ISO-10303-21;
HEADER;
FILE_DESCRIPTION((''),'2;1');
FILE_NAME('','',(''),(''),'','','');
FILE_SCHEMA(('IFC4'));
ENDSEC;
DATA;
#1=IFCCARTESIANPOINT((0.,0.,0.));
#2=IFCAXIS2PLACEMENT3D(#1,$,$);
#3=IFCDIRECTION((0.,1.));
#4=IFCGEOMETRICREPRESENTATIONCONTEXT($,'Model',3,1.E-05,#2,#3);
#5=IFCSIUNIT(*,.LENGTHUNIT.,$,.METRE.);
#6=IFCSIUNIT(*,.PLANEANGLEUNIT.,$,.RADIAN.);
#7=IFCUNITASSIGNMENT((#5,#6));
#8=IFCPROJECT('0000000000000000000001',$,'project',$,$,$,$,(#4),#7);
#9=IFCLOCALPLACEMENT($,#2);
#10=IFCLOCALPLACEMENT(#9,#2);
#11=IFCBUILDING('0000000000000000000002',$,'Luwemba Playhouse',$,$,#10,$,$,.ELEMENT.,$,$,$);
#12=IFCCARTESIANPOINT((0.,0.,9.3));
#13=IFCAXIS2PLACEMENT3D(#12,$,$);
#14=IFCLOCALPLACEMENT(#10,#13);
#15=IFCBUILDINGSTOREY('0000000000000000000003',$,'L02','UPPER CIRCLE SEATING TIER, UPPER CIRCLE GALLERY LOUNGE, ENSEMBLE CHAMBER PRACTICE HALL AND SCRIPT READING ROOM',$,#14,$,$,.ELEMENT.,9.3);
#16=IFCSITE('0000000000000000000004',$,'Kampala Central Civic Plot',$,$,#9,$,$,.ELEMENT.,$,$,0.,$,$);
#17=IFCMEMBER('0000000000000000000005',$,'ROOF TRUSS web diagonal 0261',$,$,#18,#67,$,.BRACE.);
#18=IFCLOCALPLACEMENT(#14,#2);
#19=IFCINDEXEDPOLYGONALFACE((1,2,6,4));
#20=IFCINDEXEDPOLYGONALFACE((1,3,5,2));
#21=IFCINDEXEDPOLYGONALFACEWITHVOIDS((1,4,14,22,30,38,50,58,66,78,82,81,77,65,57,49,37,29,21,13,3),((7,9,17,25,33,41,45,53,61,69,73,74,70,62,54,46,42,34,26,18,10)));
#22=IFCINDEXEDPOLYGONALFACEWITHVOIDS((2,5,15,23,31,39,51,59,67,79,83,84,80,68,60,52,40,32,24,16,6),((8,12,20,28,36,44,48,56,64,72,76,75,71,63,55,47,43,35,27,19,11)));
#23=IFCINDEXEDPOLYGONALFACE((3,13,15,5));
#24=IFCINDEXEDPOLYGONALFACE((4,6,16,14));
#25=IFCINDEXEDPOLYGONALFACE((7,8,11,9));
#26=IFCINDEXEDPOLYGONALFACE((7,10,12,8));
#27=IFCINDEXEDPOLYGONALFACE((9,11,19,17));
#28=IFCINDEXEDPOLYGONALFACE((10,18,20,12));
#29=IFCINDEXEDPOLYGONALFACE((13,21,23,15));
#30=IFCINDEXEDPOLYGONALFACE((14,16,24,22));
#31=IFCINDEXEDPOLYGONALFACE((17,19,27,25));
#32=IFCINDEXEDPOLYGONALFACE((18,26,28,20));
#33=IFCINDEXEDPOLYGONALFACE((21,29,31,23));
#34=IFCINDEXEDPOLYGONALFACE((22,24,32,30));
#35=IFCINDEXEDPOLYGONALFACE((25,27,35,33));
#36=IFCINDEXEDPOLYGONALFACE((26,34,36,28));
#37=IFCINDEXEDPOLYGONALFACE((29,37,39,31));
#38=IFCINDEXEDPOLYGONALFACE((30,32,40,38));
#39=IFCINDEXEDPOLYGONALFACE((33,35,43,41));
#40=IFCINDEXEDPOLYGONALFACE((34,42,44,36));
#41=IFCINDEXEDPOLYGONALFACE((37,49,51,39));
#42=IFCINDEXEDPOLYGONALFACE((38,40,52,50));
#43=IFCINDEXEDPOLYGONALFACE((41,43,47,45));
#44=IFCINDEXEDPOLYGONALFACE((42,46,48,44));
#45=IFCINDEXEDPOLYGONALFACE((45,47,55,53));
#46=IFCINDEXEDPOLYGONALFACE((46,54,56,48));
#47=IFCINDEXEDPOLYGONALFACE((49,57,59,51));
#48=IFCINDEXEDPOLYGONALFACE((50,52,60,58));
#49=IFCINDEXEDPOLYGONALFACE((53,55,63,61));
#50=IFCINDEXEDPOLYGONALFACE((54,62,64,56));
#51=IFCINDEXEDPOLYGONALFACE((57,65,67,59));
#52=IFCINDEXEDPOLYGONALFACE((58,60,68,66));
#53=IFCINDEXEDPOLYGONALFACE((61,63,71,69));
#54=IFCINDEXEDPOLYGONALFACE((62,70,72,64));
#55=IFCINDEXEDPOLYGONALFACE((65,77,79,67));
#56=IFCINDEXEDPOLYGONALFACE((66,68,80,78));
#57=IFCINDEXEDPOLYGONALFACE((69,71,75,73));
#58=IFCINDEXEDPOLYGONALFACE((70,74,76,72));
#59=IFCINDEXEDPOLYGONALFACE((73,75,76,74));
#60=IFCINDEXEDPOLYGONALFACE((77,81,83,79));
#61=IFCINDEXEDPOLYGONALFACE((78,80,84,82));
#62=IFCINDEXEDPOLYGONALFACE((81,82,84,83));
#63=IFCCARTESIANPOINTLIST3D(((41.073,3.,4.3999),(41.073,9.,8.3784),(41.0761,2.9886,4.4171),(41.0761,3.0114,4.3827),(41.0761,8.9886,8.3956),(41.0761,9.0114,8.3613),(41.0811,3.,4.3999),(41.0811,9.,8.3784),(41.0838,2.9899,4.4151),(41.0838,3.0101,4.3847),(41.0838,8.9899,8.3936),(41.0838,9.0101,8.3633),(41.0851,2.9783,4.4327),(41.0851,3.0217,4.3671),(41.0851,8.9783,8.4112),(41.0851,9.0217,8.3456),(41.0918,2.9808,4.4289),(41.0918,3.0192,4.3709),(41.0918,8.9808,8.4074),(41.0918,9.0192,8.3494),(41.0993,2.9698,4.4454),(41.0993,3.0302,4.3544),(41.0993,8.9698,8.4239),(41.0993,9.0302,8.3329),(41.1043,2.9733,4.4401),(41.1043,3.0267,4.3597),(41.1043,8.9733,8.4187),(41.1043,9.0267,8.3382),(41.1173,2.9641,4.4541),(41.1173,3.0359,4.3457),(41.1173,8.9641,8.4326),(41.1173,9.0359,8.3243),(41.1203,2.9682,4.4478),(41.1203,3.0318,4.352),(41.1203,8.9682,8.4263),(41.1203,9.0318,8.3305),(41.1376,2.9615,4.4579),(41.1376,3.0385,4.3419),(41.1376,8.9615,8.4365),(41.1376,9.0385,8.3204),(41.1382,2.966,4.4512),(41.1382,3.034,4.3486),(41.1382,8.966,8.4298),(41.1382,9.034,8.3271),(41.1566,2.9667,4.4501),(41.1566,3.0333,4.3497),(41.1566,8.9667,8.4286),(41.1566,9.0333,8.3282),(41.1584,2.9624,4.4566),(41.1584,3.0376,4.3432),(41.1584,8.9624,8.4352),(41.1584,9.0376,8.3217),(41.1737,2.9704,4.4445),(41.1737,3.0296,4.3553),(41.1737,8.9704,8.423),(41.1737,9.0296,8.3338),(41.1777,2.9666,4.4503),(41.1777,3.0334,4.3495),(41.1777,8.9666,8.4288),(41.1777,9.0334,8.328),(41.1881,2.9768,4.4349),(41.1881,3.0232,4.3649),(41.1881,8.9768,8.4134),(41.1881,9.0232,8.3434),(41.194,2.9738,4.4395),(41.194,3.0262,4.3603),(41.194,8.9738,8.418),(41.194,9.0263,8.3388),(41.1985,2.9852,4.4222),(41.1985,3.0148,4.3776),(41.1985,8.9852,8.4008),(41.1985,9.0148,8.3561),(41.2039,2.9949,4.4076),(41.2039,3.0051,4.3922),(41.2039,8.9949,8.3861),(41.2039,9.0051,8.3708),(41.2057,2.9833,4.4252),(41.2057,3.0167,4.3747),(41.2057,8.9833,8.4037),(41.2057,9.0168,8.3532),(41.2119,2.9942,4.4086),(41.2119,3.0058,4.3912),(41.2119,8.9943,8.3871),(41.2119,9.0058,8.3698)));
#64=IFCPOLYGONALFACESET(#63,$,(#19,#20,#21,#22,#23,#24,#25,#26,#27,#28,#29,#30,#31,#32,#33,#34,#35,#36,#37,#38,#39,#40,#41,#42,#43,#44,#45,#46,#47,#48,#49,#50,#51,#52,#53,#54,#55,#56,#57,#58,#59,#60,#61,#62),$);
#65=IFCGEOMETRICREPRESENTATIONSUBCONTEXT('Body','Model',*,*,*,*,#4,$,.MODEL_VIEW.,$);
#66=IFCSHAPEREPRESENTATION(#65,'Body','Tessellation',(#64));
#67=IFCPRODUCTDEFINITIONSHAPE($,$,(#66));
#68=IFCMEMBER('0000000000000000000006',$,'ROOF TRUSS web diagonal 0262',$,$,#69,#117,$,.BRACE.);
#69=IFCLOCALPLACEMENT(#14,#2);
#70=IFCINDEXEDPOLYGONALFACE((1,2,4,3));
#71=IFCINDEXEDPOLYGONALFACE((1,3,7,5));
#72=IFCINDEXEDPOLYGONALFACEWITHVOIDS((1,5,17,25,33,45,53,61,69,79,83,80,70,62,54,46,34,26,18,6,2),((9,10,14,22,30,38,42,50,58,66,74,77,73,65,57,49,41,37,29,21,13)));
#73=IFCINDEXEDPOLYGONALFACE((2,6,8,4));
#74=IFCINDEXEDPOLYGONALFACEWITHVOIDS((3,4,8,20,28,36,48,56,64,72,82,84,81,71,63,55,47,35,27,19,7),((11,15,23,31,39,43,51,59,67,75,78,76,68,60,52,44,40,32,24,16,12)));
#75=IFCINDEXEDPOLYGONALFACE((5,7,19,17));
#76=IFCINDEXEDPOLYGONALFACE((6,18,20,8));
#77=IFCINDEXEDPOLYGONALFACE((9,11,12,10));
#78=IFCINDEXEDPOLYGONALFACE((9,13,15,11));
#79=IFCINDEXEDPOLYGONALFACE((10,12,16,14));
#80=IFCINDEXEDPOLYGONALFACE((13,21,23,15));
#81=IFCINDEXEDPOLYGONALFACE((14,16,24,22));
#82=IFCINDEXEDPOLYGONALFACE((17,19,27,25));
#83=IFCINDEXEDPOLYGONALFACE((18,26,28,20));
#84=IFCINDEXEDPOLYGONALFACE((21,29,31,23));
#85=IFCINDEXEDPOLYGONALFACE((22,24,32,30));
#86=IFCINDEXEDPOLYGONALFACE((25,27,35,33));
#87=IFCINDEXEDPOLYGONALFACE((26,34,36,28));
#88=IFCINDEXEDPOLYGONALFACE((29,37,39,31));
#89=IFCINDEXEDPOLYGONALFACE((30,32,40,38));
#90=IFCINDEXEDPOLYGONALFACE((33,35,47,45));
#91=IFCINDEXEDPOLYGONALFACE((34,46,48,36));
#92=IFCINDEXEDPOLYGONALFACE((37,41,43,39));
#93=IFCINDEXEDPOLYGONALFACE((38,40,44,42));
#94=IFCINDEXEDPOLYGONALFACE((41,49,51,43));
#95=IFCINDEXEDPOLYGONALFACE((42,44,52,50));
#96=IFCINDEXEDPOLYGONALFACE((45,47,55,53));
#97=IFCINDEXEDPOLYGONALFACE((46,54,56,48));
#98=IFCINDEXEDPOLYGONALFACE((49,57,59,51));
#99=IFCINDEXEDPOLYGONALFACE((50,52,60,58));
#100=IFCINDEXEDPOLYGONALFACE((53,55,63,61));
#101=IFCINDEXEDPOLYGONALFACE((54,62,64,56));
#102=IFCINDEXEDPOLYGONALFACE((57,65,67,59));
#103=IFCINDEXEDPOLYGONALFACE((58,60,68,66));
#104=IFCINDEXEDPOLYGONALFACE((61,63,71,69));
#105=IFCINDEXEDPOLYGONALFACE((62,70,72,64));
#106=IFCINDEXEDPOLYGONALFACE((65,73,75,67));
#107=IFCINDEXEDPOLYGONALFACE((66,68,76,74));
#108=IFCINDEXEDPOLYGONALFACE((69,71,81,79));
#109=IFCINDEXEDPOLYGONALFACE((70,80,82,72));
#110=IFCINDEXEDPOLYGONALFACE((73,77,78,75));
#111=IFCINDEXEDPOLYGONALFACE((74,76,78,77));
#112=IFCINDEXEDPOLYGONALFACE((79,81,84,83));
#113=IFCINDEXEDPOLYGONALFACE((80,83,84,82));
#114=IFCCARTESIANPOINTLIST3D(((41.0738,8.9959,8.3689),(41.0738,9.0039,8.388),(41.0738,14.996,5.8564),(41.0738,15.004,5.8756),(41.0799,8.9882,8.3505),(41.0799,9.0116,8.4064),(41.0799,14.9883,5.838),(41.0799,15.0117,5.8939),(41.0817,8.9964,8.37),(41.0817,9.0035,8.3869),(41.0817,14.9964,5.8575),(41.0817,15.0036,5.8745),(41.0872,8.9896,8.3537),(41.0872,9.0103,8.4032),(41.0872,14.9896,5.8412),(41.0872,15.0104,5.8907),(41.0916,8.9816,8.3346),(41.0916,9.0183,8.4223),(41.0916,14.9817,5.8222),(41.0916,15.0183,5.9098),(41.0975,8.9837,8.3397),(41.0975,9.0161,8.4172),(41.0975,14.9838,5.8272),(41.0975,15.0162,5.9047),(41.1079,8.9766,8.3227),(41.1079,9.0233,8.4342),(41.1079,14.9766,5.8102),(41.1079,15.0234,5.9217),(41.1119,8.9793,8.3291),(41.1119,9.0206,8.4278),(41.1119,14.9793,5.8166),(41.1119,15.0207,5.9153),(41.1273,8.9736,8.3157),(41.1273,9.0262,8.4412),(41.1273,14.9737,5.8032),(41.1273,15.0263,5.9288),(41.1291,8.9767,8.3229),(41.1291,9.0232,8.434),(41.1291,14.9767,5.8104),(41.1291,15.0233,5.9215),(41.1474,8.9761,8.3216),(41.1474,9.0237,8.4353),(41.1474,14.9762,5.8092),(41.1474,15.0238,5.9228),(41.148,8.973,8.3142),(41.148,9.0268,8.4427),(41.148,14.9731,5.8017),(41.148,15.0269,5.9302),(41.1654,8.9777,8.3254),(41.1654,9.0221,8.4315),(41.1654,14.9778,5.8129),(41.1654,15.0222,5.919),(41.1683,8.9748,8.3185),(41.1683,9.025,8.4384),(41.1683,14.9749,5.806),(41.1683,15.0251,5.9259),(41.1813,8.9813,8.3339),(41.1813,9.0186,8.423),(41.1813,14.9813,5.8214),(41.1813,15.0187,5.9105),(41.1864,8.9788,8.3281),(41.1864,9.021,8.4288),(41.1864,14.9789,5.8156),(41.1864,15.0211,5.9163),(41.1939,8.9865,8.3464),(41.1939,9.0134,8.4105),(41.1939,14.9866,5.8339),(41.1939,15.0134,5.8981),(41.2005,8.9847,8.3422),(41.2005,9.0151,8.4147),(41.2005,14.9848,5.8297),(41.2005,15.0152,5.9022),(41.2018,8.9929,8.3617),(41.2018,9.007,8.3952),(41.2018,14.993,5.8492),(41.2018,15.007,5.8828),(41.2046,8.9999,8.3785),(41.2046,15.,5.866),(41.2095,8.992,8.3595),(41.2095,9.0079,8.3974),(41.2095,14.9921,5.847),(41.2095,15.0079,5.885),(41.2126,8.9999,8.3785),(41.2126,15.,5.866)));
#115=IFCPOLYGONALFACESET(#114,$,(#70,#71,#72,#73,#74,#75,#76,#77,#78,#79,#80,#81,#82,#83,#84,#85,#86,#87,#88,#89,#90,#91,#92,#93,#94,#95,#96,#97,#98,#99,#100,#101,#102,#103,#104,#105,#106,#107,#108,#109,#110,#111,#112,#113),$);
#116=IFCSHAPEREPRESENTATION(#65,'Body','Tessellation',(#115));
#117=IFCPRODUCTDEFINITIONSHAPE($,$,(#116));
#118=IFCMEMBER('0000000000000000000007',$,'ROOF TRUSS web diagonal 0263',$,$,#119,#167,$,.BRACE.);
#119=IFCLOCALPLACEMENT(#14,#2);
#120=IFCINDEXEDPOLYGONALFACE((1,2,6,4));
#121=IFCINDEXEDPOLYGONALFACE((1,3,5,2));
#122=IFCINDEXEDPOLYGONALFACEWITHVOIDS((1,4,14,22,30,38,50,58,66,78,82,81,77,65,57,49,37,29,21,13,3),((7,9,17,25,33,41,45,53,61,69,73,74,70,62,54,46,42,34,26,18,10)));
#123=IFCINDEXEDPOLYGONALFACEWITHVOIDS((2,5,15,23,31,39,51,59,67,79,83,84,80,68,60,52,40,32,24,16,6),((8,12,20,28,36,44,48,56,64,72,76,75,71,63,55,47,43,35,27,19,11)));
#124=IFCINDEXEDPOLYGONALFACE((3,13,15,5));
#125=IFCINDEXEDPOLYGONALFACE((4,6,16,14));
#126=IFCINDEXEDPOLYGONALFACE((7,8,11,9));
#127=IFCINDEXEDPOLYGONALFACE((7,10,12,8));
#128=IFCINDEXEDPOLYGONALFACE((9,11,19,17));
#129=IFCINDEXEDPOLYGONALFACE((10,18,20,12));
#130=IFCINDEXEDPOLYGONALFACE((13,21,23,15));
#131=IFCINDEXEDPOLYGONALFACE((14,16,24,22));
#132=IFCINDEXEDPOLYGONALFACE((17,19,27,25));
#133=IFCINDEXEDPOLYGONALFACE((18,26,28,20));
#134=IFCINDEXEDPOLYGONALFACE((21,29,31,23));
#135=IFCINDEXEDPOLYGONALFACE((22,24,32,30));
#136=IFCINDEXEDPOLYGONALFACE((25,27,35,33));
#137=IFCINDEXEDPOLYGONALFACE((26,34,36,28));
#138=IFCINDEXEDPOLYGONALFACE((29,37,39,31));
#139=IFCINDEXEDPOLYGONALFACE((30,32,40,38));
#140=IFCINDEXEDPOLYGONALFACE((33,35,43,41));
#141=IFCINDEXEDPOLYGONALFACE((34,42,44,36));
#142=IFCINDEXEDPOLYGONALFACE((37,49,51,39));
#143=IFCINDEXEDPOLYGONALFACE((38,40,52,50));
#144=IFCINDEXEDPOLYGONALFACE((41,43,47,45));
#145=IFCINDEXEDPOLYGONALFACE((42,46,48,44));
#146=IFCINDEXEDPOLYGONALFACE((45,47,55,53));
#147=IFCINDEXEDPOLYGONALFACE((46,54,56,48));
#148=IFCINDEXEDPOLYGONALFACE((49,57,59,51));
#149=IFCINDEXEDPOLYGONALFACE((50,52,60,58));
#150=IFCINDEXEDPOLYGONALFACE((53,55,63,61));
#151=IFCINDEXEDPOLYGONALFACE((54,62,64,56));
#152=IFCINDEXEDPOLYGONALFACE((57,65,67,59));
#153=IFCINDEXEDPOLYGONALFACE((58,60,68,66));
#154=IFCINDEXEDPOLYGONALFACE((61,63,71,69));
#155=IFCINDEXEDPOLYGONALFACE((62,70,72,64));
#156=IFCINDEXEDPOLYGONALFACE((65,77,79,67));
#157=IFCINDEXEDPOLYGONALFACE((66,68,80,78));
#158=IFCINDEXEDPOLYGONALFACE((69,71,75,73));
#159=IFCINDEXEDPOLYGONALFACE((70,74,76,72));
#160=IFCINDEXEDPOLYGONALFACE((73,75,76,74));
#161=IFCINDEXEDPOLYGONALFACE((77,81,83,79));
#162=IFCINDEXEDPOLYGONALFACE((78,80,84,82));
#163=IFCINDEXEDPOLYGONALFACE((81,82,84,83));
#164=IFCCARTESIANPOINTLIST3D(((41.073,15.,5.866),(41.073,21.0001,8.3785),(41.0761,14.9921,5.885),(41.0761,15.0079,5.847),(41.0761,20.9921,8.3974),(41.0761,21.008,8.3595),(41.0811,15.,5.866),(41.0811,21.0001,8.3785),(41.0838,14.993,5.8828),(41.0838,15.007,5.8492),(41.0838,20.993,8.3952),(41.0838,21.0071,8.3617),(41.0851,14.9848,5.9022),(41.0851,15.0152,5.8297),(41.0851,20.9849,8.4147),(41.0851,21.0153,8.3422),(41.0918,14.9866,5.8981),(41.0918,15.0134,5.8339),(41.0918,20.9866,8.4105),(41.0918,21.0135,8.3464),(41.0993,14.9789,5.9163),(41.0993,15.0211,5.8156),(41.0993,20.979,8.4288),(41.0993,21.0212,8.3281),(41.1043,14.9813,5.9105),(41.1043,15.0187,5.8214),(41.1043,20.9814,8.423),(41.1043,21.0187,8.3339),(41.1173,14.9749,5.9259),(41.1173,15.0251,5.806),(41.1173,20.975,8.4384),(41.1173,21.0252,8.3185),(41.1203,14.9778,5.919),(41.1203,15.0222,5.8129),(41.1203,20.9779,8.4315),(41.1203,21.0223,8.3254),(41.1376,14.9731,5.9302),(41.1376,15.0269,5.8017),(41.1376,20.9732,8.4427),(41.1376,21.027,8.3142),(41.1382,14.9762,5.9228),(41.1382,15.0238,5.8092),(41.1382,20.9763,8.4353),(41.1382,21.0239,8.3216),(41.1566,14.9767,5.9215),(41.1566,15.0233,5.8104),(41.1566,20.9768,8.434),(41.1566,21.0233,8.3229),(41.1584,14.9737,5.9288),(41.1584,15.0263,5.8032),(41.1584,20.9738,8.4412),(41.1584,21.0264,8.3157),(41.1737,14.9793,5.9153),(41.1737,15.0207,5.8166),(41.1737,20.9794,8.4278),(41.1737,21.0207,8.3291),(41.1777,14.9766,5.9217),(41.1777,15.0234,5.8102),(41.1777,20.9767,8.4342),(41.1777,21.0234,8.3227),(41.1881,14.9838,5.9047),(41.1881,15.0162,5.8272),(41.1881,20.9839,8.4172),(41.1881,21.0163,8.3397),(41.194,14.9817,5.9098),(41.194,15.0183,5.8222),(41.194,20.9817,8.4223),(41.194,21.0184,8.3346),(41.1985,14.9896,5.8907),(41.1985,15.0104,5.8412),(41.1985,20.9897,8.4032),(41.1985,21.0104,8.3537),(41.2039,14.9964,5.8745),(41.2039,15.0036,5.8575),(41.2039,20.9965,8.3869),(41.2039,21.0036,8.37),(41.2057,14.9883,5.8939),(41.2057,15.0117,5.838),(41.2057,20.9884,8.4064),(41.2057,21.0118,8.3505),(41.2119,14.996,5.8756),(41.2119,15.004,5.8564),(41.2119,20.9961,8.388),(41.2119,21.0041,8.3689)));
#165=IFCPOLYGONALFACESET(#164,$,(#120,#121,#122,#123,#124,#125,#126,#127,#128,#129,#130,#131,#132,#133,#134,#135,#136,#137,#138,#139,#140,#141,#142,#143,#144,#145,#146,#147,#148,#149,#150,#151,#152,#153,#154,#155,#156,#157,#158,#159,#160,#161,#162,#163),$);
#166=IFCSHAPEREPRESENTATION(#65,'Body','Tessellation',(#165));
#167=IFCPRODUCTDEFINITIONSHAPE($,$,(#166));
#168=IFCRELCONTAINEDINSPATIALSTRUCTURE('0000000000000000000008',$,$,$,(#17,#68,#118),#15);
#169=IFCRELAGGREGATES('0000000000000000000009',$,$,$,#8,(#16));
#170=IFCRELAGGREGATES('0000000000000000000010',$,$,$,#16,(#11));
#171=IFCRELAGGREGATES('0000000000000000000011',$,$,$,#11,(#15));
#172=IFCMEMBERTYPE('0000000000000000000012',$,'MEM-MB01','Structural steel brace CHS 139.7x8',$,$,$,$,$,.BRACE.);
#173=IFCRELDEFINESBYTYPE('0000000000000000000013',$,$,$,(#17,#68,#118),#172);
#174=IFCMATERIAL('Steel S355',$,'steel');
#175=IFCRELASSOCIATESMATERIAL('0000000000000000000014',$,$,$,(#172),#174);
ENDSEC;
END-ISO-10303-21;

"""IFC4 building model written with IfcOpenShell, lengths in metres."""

from ifc_helpers import new_model, si_unit, direction, frame, origin, origin_2d, place, context, subcontext, project, spatial, hollow_circle, extrude, material, material_profile, profile_set, type_object, element, save


model = new_model("IFC4")

# Units and contexts
model_context = context("Model", 3, precision=1e-05, world=origin(), true_north=direction((0.0, 1.0)))
body_context = subcontext(model_context, "Body", "Model", "MODEL_VIEW")
ifc_project = project(units=[si_unit("LENGTHUNIT", "METRE"), si_unit("PLANEANGLEUNIT", "RADIAN")], contexts=[model_context])

# Site, building, storey
site_placement = place(None, origin())
site = spatial("IfcSite", under=ifc_project, at=site_placement, Name="Kampala Central Civic Plot", CompositionType="ELEMENT", RefElevation=0.0)
building_placement = place(site_placement, origin())
building = spatial("IfcBuilding", under=site, at=building_placement, Name="Luwemba Playhouse", CompositionType="ELEMENT")
storey_placement = place(building_placement, frame((0.0, 0.0, 9.3)))
storey = spatial("IfcBuildingStorey", under=building, at=storey_placement, Name="L02", Description="UPPER CIRCLE SEATING TIER, UPPER CIRCLE GALLERY LOUNGE, ENSEMBLE CHAMBER PRACTICE HALL AND SCRIPT READING ROOM", CompositionType="ELEMENT", Elevation=9.3)

# Shared definitions
ifc_material_1 = material(Name="Steel S355", Category="steel")

# Members
ifc_material_profile_1 = material_profile(ifc_material_1, hollow_circle(Radius=0.0698, WallThickness=0.0081, at=origin_2d()))
ifc_profile_set_1 = profile_set([ifc_material_profile_1], Name="Steel S355")
member_type_1 = type_object("IfcMemberType", Name="MEM-MB01", Description="Structural steel brace CHS 139.7x8", PredefinedType="BRACE", material=ifc_profile_set_1)
member_1_placement = place(storey_placement, frame((41.1428, 3.0, 4.3999), z_axis=(0.0, 0.833425, 0.552632), x_axis=(-1.0, 0.0, 0.0)))
element("IfcMember", 1, at=member_1_placement, inside=storey, type_object=member_type_1, Name="ROOF TRUSS web diagonal 0261", PredefinedType="BRACE", context=body_context, shape_type="SweptSolid", body=[
    extrude(hollow_circle(Radius=0.0698, WallThickness=0.0081, at=origin_2d()), origin(), (0.0, 0.0, 1.0), 7.1992),
])
for number, where, z_axis, x_axis, name in (
    (2, (41.1428, 15.0, 5.866), (0.0, -0.922396, 0.386246), (1.0, 0.0, 0.0), "ROOF TRUSS web diagonal 0262"),
    (3, (41.1428, 15.0, 5.866), (0.0, 0.922396, 0.386246), (-1.0, 0.0, 0.0), "ROOF TRUSS web diagonal 0263"),
):
    element("IfcMember", number, at=place(storey_placement, frame(where, z_axis=z_axis, x_axis=x_axis)), inside=storey, type_object=member_type_1, Name=name, PredefinedType="BRACE", context=body_context, shape_type="SweptSolid", body=[
        extrude(hollow_circle(Radius=0.0698, WallThickness=0.0081, at=origin_2d()), origin(), (0.0, 0.0, 1.0), 6.5049),
    ])

save(model, "model.ifc")
